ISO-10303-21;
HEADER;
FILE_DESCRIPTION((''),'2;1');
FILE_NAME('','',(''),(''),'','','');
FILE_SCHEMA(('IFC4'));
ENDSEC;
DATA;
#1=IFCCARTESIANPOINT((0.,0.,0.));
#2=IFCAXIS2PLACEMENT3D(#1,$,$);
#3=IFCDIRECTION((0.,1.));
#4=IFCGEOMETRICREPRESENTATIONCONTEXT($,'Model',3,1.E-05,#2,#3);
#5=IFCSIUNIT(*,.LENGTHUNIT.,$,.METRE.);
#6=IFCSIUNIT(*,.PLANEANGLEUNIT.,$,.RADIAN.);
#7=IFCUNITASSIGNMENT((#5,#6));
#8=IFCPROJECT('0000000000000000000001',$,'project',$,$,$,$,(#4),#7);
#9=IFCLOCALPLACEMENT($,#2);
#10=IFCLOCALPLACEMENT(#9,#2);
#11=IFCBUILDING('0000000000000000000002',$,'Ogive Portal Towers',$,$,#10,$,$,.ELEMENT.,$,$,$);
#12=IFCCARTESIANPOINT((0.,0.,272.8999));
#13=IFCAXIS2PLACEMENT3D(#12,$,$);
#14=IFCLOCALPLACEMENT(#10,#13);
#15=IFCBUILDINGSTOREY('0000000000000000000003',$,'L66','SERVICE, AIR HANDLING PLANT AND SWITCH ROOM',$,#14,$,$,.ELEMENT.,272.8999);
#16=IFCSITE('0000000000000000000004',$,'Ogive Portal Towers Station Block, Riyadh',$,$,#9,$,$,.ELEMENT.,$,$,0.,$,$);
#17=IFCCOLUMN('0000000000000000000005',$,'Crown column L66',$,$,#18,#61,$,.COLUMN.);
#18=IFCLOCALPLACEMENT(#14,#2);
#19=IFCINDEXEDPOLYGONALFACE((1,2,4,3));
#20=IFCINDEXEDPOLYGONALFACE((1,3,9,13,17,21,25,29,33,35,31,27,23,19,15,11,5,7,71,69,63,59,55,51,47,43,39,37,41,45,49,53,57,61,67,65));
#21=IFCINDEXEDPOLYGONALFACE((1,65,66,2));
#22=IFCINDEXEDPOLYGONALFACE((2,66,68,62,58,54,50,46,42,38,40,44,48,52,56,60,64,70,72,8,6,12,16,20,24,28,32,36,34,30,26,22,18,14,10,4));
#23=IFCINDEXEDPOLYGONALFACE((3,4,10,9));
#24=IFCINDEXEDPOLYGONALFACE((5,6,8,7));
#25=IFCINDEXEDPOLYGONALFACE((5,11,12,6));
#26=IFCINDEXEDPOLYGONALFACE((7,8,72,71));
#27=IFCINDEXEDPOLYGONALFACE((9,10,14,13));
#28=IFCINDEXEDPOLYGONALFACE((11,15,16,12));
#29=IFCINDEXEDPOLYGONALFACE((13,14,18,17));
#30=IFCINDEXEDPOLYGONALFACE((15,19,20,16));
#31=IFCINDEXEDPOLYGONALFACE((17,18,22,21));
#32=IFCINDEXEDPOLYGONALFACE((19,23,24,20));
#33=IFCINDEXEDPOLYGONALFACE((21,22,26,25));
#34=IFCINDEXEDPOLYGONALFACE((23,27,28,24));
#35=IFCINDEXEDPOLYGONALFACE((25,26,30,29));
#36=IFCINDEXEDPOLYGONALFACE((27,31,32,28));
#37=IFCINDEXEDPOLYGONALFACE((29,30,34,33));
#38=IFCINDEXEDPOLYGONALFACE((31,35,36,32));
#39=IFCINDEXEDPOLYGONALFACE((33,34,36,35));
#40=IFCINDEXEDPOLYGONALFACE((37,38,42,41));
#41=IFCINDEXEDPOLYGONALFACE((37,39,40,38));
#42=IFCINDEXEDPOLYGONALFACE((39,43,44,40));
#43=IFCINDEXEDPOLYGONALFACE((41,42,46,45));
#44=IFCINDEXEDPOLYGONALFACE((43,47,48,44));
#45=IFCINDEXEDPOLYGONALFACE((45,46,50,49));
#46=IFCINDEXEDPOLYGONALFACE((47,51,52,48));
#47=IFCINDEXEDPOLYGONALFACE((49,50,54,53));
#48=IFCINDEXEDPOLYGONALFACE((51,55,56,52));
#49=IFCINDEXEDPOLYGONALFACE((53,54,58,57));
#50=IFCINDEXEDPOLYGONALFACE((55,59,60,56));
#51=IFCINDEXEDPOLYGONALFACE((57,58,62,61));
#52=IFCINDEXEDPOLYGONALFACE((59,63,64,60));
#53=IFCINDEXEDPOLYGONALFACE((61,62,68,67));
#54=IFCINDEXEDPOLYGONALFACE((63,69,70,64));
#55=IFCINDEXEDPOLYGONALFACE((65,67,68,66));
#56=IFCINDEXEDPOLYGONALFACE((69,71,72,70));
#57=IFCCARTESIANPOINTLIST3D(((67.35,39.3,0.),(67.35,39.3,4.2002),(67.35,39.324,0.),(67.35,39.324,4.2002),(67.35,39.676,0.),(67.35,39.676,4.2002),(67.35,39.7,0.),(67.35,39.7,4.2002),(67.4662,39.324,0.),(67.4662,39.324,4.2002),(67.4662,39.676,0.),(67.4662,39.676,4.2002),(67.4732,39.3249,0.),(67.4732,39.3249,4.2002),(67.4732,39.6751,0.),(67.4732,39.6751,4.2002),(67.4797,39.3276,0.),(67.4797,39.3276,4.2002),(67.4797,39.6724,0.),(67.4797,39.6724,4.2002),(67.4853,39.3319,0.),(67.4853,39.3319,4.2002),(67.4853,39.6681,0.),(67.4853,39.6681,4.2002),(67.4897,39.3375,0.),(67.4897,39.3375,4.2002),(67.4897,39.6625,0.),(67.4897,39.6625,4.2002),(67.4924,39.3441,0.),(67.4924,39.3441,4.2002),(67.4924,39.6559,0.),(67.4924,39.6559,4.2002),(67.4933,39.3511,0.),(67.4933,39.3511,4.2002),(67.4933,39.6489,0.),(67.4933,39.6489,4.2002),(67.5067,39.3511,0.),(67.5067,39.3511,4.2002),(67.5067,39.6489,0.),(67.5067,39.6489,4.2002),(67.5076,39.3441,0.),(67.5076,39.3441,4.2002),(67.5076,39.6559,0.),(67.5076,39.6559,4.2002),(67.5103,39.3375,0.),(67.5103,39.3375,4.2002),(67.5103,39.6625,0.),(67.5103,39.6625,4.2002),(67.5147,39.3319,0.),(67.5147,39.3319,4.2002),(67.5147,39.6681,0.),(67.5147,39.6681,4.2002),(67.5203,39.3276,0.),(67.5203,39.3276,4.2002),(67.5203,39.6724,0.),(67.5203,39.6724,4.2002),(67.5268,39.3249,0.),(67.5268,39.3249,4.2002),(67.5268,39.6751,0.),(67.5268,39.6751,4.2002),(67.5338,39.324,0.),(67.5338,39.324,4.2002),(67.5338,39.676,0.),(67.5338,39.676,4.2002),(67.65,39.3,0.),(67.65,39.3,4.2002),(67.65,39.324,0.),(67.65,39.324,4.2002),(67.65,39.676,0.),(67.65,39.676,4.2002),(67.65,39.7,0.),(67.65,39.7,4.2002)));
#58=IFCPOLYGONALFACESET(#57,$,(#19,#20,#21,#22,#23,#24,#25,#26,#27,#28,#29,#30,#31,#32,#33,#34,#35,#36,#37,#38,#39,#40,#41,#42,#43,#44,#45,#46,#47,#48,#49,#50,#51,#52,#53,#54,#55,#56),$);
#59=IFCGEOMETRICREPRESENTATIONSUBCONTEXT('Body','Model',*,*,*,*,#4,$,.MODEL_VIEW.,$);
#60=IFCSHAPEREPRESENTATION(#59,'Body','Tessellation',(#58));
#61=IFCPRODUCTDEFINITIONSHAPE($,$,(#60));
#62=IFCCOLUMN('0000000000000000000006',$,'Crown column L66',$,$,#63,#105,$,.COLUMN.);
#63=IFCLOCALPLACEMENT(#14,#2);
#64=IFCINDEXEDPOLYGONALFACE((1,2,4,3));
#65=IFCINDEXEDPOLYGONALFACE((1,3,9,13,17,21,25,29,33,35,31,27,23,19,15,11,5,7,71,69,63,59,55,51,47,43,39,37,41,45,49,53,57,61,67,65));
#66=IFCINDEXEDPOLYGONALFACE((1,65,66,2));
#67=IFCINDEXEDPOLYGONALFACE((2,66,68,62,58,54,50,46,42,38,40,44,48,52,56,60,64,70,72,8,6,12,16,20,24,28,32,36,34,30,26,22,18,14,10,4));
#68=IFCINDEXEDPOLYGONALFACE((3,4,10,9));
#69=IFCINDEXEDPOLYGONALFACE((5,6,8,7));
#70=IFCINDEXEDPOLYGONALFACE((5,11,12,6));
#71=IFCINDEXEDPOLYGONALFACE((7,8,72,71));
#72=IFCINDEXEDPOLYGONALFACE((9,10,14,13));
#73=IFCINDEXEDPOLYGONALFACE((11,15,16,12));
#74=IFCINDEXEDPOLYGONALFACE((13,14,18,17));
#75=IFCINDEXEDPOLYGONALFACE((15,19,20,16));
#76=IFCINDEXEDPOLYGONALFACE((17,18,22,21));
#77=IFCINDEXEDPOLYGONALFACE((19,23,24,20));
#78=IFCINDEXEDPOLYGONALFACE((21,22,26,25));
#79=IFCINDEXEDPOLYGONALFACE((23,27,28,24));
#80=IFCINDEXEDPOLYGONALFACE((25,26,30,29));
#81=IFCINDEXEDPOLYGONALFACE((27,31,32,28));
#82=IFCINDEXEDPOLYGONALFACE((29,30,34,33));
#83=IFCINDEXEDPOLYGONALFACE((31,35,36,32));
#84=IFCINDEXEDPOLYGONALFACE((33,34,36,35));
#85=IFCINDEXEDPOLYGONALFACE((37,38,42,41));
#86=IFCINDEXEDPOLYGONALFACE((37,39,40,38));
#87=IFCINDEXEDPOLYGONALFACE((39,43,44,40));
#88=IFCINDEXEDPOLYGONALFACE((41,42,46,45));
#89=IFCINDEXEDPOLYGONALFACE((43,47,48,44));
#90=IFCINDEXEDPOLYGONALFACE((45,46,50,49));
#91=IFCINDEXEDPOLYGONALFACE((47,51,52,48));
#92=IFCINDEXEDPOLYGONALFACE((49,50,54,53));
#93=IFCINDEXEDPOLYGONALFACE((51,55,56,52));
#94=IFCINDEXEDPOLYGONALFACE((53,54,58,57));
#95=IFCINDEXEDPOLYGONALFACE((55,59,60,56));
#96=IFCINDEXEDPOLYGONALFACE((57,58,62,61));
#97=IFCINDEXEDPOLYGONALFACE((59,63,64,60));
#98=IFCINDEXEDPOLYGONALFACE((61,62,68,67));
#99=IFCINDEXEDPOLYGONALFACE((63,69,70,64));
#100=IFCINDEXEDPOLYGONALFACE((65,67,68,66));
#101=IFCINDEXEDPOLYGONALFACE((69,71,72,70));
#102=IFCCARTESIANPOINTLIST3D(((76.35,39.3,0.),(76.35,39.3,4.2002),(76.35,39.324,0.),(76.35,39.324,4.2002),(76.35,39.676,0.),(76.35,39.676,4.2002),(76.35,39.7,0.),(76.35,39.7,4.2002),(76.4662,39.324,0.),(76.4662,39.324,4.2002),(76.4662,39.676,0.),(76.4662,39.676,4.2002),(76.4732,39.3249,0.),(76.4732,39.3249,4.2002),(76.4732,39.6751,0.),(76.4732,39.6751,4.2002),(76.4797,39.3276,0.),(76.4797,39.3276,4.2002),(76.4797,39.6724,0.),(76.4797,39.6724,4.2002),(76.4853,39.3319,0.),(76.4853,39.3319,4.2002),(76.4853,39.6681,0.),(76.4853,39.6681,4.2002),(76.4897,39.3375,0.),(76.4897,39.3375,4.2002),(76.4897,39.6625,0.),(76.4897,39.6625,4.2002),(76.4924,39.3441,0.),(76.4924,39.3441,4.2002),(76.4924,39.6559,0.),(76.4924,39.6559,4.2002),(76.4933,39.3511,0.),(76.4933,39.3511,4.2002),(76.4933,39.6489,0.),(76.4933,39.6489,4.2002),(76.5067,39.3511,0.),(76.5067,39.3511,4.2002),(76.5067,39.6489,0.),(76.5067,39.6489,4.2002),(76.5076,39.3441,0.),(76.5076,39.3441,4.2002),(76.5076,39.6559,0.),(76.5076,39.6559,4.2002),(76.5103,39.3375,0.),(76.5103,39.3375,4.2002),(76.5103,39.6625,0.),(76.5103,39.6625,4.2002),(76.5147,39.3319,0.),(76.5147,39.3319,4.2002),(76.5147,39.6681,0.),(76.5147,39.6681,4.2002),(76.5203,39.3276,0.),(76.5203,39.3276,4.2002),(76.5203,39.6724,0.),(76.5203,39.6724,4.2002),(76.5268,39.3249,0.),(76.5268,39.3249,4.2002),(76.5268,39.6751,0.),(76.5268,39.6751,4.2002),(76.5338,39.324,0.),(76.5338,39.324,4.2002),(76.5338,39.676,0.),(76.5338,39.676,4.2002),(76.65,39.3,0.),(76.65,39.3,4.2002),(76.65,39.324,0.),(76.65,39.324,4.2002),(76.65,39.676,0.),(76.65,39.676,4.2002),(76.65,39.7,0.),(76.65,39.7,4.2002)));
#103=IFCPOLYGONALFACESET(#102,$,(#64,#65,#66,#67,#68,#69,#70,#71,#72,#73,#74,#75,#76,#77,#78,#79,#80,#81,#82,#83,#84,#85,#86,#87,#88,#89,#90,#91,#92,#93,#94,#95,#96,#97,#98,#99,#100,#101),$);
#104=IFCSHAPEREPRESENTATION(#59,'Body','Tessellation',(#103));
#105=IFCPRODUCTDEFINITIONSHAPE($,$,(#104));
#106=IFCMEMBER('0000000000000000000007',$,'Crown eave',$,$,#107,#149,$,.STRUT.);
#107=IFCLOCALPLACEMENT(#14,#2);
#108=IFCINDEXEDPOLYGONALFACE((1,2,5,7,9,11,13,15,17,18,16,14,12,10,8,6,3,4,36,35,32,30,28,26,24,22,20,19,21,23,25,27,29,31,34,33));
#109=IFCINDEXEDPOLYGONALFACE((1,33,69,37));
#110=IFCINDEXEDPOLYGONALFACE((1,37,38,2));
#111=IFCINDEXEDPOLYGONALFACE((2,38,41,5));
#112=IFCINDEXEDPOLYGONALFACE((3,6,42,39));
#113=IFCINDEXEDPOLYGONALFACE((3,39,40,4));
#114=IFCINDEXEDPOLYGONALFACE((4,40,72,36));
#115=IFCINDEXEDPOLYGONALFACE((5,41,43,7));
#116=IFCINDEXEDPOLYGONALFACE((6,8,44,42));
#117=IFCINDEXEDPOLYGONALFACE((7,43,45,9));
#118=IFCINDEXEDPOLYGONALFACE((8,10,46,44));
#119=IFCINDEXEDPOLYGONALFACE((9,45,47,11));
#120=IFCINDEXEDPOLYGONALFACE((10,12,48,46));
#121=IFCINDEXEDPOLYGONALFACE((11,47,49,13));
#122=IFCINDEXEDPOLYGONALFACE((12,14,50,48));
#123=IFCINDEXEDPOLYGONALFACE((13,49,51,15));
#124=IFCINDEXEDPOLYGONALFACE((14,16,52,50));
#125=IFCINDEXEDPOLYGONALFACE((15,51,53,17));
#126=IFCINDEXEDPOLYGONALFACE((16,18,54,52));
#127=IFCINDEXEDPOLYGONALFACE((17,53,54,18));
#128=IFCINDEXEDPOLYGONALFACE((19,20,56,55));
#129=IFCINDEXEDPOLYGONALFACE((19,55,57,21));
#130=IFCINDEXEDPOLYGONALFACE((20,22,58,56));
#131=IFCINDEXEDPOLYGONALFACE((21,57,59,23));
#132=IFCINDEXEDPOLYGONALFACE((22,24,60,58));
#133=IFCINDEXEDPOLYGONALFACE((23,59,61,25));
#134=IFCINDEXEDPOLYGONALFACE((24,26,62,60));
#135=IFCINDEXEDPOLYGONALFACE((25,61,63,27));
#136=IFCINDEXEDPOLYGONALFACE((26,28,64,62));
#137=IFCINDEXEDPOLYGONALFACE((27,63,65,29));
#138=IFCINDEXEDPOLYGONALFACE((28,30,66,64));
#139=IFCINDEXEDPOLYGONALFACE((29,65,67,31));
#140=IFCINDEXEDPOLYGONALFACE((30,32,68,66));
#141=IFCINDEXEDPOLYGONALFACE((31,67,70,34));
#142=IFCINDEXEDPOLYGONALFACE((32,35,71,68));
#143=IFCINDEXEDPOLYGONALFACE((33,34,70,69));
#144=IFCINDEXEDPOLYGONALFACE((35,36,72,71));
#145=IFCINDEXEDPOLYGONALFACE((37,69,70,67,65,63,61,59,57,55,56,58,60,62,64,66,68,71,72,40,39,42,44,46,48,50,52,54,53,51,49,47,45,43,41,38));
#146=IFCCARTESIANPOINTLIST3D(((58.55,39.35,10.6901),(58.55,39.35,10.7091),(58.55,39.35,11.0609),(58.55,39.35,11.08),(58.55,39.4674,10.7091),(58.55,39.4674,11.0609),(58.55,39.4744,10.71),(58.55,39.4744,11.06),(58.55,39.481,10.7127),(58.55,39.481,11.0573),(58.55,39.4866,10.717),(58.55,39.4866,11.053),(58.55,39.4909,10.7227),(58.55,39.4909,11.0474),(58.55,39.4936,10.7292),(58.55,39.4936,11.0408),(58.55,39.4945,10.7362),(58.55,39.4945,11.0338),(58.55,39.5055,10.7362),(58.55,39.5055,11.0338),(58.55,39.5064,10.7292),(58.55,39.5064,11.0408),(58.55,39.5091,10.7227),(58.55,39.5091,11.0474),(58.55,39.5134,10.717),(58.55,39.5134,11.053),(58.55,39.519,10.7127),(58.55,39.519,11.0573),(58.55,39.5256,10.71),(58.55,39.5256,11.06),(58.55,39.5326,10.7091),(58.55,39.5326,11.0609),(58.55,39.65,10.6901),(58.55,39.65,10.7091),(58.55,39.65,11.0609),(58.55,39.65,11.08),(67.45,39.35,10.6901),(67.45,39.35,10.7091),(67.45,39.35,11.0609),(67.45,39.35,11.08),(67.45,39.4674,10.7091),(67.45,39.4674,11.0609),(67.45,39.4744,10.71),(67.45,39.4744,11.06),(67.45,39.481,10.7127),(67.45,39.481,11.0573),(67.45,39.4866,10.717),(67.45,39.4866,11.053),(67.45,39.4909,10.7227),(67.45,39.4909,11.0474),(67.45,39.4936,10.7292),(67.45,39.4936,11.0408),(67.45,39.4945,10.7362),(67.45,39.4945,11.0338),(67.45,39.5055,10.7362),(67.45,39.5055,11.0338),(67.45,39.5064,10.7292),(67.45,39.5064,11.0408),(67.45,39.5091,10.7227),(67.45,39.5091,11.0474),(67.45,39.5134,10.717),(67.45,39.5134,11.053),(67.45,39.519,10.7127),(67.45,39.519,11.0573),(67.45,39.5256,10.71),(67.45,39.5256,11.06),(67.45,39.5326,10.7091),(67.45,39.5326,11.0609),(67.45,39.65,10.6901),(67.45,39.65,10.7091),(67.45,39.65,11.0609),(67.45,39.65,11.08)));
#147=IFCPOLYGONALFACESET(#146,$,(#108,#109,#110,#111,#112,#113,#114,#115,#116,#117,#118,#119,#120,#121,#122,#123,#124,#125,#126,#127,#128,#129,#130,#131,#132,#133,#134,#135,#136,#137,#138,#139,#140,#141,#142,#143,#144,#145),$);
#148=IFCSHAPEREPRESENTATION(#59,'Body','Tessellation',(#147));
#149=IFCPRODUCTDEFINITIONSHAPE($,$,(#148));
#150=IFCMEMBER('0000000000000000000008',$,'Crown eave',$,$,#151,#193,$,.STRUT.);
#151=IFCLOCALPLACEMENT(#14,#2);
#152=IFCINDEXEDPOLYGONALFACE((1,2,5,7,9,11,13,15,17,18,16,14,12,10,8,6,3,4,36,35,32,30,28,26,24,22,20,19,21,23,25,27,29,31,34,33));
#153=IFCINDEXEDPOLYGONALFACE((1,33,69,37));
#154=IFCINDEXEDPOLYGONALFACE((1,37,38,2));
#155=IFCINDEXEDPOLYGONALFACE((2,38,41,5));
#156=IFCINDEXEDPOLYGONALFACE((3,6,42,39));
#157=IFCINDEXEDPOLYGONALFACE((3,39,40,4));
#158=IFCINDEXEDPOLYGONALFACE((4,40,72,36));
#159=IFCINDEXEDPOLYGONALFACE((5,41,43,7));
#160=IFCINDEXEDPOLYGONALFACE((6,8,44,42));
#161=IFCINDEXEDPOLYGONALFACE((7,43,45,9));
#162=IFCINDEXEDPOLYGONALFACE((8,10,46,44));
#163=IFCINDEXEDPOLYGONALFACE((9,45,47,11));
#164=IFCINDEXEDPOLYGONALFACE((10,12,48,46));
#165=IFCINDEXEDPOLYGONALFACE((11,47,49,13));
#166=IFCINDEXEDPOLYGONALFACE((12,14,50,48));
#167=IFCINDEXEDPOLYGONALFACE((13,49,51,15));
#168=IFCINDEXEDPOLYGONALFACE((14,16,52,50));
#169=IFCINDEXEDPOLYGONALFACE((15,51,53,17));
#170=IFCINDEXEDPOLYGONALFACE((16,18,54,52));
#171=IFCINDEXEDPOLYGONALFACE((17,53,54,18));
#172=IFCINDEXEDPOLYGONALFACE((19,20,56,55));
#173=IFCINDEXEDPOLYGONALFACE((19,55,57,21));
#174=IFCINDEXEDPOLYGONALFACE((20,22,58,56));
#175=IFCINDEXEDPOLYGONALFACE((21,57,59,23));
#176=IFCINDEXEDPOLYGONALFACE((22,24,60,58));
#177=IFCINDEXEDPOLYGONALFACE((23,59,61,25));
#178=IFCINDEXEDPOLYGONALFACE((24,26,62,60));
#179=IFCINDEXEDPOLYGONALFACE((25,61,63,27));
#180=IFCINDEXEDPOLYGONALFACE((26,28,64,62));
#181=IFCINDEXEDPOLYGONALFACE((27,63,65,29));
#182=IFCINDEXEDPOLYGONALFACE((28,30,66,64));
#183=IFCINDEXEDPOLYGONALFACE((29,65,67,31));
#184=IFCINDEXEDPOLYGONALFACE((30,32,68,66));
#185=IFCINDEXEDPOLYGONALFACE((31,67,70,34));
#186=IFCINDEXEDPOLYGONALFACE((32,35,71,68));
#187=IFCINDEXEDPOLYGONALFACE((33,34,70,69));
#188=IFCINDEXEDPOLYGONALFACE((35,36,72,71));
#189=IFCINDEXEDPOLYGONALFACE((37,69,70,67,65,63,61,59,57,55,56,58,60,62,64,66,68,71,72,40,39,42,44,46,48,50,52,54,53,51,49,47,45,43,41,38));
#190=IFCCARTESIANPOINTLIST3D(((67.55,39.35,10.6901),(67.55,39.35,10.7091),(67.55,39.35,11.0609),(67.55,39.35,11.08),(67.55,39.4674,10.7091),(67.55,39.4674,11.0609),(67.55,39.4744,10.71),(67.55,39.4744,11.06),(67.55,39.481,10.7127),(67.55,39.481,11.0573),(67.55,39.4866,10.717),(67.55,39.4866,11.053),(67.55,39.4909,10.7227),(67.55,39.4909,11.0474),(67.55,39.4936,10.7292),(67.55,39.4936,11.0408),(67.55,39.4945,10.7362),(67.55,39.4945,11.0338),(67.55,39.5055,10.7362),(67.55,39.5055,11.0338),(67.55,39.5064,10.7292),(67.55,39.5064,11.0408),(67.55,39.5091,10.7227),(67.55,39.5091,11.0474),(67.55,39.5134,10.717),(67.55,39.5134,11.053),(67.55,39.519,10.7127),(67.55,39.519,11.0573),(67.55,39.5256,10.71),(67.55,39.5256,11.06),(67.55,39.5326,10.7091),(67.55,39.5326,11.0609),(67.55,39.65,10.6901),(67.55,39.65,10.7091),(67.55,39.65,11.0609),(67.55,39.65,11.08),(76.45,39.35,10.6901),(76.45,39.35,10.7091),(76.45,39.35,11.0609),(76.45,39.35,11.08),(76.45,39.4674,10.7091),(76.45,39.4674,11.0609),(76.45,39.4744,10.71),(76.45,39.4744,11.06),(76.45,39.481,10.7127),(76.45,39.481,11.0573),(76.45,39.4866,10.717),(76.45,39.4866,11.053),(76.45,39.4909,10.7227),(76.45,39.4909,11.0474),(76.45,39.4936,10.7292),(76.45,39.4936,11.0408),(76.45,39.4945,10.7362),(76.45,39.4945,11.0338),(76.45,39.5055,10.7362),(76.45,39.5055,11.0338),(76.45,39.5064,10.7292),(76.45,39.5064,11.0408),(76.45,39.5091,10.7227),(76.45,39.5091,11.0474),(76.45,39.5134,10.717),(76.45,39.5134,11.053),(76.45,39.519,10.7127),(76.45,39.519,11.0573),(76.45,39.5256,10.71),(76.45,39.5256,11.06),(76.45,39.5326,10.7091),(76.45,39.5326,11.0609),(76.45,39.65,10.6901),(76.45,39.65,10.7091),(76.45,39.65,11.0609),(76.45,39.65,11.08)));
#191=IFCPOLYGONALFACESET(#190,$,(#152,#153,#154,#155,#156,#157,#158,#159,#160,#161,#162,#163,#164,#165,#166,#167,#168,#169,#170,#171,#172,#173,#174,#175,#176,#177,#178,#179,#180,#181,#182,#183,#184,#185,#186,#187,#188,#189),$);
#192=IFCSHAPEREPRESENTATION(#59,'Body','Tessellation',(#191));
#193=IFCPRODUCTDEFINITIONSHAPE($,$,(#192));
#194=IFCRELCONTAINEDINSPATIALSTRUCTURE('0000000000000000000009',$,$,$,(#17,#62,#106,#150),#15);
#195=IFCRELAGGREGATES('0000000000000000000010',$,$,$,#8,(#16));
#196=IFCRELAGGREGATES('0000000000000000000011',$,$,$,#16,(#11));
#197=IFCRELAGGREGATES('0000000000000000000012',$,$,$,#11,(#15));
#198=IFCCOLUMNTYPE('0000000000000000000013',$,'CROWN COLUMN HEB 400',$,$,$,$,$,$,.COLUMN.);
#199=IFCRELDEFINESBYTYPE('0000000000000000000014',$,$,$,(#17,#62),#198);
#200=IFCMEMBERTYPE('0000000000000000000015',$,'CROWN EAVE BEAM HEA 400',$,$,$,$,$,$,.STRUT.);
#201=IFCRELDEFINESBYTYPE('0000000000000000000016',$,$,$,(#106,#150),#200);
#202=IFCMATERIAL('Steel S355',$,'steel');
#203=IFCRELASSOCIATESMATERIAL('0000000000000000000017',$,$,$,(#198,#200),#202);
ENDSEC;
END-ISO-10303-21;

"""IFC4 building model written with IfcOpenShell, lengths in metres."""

from ifc_helpers import new_model, si_unit, direction, frame, origin, origin_2d, place, context, subcontext, project, spatial, i_section, extrude, material, material_profile, profile_set, type_object, element, save


model = new_model("IFC4")

# Units and contexts
model_context = context("Model", 3, precision=1e-05, world=origin(), true_north=direction((0.0, 1.0)))
body_context = subcontext(model_context, "Body", "Model", "MODEL_VIEW")
ifc_project = project(units=[si_unit("LENGTHUNIT", "METRE"), si_unit("PLANEANGLEUNIT", "RADIAN")], contexts=[model_context])

# Site, building, storey
site_placement = place(None, origin())
site = spatial("IfcSite", under=ifc_project, at=site_placement, Name="Ogive Portal Towers Station Block, Riyadh", CompositionType="ELEMENT", RefElevation=0.0)
building_placement = place(site_placement, origin())
building = spatial("IfcBuilding", under=site, at=building_placement, Name="Ogive Portal Towers", CompositionType="ELEMENT")
storey_placement = place(building_placement, frame((0.0, 0.0, 272.8999)))
storey = spatial("IfcBuildingStorey", under=building, at=storey_placement, Name="L66", Description="SERVICE, AIR HANDLING PLANT AND SWITCH ROOM", CompositionType="ELEMENT", Elevation=272.8999)

# Columns
ifc_material_1 = material(Name="Steel S355", Category="steel")
ifc_material_profile_1 = material_profile(ifc_material_1, i_section(OverallWidth=0.3, OverallDepth=0.3999, WebThickness=0.0134, FlangeThickness=0.0239, FilletRadius=0.0271, at=origin_2d()), Name="HEB 400")
ifc_profile_set_1 = profile_set([ifc_material_profile_1], Name="Steel S355")
column_type = type_object("IfcColumnType", Name="CROWN COLUMN HEB 400", PredefinedType="COLUMN", material=ifc_profile_set_1)
for number, where, z_axis, x_axis, name in (
    (1, (67.5, 39.5, 0.0), (0.0, 0.0, 1.0), (1.0, 0.0, 0.0), "Crown column L66"),
    (2, (76.5, 39.5, 0.0), (0.0, 0.0, 1.0), (1.0, 0.0, 0.0), "Crown column L66"),
):
    element("IfcColumn", number, at=place(storey_placement, frame(where, z_axis=z_axis, x_axis=x_axis)), inside=storey, type_object=column_type, Name=name, PredefinedType="COLUMN", context=body_context, shape_type="SweptSolid", body=[
        extrude(i_section(OverallWidth=0.3, OverallDepth=0.3999, WebThickness=0.0134, FlangeThickness=0.0239, FilletRadius=0.0271, at=origin_2d()), origin(), (0.0, 0.0, 1.0), 4.2002),
    ])

# Members
ifc_material_profile_2 = material_profile(ifc_material_1, i_section(OverallWidth=0.3, OverallDepth=0.3899, WebThickness=0.011, FlangeThickness=0.019, FilletRadius=0.0271, at=origin_2d()), Name="HEA 400")
ifc_profile_set_2 = profile_set([ifc_material_profile_2], Name="Steel S355")
member_type_1 = type_object("IfcMemberType", Name="CROWN EAVE BEAM HEA 400", PredefinedType="STRUT", material=ifc_profile_set_2)
for number, where, z_axis, x_axis, name in (
    (3, (58.55, 39.5, 10.885), (1.0, 0.0, 0.0), (0.0, 1.0, 0.0), "Crown eave"),
    (4, (67.55, 39.5, 10.885), (1.0, 0.0, 0.0), (0.0, 1.0, 0.0), "Crown eave"),
):
    element("IfcMember", number, at=place(storey_placement, frame(where, z_axis=z_axis, x_axis=x_axis)), inside=storey, type_object=member_type_1, Name=name, PredefinedType="STRUT", context=body_context, shape_type="SweptSolid", body=[
        extrude(i_section(OverallWidth=0.3, OverallDepth=0.3899, WebThickness=0.011, FlangeThickness=0.019, FilletRadius=0.0271, at=origin_2d()), origin(), (0.0, 0.0, 1.0), 8.8999),
    ])

save(model, "model.ifc")
